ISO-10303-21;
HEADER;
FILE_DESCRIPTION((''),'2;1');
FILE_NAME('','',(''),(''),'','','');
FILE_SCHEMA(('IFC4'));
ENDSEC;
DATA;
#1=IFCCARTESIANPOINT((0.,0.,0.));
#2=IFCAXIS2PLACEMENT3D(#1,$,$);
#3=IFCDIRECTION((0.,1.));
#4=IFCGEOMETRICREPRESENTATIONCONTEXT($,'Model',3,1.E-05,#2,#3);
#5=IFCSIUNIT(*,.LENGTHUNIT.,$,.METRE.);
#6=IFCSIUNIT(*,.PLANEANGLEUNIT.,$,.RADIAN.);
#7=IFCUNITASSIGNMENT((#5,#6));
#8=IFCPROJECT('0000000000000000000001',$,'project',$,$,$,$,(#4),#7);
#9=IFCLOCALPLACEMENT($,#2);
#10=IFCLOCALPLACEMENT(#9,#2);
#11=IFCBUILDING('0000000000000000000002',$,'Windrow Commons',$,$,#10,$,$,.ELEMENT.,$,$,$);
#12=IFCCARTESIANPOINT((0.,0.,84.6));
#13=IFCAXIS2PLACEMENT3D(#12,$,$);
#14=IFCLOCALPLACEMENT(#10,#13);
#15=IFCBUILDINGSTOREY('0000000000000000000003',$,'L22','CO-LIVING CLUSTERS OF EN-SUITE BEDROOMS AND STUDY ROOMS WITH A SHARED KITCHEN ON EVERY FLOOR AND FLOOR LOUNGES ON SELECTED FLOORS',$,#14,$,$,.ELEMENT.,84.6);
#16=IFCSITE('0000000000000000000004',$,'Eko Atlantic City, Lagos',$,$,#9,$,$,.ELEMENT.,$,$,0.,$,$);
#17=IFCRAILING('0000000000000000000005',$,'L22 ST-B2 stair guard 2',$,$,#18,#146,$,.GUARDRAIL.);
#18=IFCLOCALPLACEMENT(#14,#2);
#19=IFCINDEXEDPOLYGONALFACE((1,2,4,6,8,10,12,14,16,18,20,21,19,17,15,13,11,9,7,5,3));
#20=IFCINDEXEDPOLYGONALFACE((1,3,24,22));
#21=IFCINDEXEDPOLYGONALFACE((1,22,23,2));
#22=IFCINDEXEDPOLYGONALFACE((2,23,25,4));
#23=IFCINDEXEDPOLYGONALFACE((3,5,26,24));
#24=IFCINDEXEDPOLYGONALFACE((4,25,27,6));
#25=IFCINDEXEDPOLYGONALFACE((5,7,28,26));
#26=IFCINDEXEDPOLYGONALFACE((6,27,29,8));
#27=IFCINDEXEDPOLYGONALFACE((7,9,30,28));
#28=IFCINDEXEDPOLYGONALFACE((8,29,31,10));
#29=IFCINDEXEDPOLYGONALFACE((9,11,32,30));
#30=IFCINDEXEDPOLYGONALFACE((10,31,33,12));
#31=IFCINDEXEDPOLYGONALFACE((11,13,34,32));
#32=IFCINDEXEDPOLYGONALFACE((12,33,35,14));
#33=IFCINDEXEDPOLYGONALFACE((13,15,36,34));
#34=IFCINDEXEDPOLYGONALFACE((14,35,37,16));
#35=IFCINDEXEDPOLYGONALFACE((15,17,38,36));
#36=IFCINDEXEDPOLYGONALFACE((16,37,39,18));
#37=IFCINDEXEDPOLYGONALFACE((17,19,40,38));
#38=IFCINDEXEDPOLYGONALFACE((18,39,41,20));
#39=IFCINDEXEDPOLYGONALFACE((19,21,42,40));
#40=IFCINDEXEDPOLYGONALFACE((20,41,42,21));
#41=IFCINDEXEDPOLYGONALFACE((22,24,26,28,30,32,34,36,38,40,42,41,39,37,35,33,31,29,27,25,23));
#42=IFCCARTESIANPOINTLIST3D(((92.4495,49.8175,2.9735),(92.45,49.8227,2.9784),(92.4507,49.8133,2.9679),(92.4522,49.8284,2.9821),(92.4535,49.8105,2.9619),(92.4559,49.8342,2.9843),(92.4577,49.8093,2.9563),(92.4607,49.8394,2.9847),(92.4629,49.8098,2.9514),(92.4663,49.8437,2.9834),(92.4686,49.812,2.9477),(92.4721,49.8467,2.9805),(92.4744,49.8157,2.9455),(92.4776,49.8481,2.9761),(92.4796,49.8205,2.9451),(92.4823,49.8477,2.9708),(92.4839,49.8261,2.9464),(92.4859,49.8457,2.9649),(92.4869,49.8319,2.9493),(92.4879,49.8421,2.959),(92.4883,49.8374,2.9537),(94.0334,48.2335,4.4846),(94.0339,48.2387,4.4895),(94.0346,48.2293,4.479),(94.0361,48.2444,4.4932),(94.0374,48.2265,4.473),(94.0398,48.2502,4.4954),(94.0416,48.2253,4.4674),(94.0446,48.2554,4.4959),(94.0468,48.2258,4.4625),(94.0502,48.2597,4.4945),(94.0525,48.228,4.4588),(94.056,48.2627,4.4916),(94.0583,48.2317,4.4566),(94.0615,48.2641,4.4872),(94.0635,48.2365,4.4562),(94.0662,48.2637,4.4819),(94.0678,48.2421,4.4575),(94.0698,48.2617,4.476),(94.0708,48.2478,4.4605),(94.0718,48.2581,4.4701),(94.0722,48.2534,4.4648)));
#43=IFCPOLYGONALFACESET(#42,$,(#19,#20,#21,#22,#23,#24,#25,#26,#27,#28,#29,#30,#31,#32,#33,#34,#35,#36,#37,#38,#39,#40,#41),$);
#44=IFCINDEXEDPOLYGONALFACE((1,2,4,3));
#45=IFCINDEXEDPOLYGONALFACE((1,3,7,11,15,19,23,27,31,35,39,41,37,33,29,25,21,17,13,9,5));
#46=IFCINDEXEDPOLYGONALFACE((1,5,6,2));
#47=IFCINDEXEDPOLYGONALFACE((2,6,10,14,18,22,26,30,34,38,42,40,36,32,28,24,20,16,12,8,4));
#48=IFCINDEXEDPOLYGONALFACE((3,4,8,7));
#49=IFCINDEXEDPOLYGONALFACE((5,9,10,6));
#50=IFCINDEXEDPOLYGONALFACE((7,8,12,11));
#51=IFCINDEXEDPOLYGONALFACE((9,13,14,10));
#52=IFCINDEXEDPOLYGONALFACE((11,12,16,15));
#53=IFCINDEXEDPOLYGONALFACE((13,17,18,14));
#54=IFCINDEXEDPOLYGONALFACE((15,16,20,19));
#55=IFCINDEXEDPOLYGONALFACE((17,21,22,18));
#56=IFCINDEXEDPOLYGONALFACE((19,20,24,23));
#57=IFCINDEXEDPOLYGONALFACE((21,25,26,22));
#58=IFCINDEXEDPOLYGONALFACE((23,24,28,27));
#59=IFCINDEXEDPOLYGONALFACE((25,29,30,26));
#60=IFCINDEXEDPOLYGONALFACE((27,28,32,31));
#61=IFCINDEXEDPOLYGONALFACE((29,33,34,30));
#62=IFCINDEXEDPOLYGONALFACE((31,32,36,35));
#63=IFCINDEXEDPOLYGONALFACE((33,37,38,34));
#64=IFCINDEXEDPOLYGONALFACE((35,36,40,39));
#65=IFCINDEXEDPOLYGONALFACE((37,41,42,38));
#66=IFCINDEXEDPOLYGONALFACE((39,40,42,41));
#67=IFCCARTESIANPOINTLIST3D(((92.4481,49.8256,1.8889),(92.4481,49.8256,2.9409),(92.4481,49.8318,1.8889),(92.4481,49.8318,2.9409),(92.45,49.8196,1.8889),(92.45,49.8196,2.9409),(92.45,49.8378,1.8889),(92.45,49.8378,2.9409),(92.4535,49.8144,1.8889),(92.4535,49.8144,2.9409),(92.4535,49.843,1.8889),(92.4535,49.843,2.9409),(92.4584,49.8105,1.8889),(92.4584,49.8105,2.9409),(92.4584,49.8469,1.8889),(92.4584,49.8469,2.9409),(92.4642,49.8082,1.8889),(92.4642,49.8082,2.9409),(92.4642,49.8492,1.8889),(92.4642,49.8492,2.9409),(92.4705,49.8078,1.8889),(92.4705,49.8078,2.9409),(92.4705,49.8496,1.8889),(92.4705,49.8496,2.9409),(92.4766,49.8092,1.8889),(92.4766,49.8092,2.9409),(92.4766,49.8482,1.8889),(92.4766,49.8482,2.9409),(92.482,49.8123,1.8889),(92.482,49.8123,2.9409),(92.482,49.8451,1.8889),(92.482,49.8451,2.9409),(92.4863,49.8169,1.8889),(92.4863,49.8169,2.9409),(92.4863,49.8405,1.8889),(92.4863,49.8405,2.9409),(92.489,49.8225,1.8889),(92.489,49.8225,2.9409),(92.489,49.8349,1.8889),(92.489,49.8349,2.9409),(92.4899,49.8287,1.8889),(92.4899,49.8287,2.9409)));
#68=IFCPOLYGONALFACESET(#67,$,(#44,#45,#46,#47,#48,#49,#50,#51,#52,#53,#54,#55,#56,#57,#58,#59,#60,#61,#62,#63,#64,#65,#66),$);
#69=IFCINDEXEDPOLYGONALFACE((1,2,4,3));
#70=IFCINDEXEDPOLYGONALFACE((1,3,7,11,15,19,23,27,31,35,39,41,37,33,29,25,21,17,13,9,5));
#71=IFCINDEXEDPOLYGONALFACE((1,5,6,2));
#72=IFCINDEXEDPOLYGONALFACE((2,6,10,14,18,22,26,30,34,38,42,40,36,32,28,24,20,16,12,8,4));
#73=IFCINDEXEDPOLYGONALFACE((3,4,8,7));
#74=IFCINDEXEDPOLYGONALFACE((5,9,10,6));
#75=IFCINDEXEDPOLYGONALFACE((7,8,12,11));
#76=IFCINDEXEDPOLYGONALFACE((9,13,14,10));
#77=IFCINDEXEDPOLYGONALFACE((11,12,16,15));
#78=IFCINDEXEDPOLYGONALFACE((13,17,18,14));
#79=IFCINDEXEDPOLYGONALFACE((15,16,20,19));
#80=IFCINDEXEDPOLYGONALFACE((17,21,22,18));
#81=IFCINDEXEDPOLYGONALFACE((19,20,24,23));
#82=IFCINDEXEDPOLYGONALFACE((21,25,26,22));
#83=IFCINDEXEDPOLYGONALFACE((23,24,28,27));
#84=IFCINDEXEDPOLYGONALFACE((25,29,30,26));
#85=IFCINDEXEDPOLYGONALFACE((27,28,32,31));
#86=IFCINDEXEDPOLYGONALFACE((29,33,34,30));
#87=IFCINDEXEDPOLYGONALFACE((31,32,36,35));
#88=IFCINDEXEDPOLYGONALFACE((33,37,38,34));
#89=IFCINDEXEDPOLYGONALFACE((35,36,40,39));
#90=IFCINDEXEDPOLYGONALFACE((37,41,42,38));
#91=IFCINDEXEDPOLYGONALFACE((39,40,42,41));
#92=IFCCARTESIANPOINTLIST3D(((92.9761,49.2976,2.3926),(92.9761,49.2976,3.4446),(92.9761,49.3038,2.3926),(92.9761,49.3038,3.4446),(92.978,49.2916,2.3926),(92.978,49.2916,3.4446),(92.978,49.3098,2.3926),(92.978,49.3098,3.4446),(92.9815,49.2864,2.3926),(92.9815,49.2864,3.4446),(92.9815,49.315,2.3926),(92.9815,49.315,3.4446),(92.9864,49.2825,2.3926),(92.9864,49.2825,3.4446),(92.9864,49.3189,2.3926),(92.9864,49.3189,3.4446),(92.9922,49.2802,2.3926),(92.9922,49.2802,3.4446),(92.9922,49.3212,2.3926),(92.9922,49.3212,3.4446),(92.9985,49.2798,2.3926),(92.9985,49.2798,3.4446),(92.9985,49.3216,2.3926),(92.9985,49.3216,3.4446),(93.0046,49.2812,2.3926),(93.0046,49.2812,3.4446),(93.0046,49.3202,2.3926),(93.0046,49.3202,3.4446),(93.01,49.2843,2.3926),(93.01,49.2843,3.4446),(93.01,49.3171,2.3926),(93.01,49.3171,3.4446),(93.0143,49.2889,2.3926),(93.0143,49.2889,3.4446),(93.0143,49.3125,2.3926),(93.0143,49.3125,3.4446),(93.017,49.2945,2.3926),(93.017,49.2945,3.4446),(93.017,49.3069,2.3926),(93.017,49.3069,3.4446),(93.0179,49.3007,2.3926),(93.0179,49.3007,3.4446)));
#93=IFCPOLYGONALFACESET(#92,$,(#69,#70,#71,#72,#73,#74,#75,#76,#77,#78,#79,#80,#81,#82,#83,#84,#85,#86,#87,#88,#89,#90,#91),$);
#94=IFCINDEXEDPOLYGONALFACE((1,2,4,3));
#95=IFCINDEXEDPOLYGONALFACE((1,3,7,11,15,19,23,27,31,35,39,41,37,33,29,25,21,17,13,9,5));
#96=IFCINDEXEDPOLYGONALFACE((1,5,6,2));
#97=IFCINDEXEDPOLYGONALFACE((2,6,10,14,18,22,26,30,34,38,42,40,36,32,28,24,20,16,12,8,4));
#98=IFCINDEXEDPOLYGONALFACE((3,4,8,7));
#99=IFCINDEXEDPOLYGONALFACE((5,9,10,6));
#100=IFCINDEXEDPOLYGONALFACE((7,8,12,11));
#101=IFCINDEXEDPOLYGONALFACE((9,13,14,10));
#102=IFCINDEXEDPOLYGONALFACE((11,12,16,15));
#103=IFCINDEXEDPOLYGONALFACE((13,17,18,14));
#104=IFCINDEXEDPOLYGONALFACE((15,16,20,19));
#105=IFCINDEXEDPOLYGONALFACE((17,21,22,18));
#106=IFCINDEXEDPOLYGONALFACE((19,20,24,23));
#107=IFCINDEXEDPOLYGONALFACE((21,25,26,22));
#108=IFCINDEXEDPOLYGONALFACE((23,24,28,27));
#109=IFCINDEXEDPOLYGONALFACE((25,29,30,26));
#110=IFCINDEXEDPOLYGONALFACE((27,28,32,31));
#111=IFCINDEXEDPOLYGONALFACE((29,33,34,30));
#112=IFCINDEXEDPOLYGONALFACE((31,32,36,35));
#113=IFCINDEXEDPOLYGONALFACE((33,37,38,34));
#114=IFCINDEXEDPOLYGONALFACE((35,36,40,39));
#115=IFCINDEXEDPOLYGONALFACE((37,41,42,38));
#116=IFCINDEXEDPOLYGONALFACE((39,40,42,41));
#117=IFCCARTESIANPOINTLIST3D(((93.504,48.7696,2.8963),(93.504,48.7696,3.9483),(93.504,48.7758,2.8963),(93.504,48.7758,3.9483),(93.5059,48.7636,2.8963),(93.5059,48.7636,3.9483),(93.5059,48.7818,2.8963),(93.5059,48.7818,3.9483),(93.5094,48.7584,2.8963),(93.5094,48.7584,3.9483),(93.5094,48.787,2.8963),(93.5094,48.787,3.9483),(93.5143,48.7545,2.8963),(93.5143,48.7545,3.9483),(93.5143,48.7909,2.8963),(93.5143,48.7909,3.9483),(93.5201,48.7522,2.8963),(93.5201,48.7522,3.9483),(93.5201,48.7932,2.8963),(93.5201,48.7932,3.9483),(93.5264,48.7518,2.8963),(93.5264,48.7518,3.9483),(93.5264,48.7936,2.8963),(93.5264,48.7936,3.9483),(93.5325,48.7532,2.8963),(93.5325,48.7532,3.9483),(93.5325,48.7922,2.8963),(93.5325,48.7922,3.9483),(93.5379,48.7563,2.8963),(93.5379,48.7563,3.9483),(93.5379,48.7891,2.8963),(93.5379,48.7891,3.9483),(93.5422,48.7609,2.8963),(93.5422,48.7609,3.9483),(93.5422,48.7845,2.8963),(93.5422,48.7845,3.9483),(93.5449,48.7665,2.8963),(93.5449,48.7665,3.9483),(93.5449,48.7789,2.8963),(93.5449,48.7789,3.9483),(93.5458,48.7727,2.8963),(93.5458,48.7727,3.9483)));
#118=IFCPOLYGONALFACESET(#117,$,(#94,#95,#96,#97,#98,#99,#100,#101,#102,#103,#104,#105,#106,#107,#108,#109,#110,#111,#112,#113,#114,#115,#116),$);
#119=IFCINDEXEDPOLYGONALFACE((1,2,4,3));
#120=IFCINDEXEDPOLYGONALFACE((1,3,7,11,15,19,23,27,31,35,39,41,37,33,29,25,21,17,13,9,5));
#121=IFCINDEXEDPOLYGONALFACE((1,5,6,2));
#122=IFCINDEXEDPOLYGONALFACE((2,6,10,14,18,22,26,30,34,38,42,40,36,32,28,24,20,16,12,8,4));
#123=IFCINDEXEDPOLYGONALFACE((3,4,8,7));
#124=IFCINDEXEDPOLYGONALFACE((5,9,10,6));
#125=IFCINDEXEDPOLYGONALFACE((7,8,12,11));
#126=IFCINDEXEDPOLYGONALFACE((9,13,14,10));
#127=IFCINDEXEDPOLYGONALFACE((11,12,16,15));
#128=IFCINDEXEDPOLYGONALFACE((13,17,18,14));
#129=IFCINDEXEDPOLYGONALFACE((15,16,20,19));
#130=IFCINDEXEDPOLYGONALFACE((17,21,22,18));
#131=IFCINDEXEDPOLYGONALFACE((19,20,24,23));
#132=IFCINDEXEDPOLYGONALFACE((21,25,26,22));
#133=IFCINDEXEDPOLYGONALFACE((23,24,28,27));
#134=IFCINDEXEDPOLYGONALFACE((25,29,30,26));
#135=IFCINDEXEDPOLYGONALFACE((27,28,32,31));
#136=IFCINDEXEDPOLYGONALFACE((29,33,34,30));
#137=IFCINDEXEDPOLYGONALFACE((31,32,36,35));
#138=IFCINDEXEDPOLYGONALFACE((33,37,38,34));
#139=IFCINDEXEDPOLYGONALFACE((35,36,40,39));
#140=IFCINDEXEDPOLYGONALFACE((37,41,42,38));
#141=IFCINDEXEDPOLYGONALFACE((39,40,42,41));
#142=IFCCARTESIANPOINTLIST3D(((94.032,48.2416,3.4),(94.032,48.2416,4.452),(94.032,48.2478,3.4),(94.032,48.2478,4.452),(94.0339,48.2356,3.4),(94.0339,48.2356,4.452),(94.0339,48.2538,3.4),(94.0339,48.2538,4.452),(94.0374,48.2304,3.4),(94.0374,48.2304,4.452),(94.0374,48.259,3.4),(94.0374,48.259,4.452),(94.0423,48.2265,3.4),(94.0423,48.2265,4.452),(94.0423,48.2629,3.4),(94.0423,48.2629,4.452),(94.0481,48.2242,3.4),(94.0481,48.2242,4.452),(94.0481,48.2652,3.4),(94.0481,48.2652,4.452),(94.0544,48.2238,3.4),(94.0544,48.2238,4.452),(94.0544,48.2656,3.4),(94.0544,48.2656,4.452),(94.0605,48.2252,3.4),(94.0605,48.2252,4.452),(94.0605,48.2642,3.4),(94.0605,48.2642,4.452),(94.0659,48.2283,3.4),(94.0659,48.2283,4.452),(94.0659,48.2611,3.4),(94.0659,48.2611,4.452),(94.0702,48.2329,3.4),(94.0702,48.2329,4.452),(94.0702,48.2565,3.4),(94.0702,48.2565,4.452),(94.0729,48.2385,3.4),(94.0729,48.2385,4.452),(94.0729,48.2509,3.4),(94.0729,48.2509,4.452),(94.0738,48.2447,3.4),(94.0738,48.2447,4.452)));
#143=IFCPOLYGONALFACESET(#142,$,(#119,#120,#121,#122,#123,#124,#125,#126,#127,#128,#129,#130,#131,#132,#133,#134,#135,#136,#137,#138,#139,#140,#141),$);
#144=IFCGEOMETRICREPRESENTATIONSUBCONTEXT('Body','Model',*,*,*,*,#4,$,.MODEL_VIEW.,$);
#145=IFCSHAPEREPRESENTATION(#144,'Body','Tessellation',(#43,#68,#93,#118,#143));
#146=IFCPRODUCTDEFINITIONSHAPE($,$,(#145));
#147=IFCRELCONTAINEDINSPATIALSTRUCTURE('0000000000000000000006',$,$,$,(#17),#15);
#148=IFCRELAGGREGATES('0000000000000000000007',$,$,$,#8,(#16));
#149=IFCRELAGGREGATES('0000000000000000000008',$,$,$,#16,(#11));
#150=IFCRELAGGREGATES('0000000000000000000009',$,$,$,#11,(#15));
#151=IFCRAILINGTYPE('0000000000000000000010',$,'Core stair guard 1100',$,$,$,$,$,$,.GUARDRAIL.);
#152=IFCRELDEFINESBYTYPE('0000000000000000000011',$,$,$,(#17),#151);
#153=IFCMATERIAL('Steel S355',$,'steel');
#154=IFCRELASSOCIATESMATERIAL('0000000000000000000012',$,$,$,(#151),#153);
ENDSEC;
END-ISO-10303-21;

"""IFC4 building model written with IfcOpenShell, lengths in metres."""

from ifc_helpers import new_model, si_unit, direction, frame, origin, origin_2d, place, context, subcontext, project, spatial, circle, extrude, material, type_object, element, save


model = new_model("IFC4")

# Units and contexts
model_context = context("Model", 3, precision=1e-05, world=origin(), true_north=direction((0.0, 1.0)))
body_context = subcontext(model_context, "Body", "Model", "MODEL_VIEW")
ifc_project = project(units=[si_unit("LENGTHUNIT", "METRE"), si_unit("PLANEANGLEUNIT", "RADIAN")], contexts=[model_context])

# Site, building, storey
site_placement = place(None, origin())
site = spatial("IfcSite", under=ifc_project, at=site_placement, Name="Eko Atlantic City, Lagos", CompositionType="ELEMENT", RefElevation=0.0)
building_placement = place(site_placement, origin())
building = spatial("IfcBuilding", under=site, at=building_placement, Name="Windrow Commons", CompositionType="ELEMENT")
storey_placement = place(building_placement, frame((0.0, 0.0, 84.6)))
storey = spatial("IfcBuildingStorey", under=building, at=storey_placement, Name="L22", Description="CO-LIVING CLUSTERS OF EN-SUITE BEDROOMS AND STUDY ROOMS WITH A SHARED KITCHEN ON EVERY FLOOR AND FLOOR LOUNGES ON SELECTED FLOORS", CompositionType="ELEMENT", Elevation=84.6)

# Railing
ifc_material_1 = material(Name="Steel S355", Category="steel")
railing_type_1 = type_object("IfcRailingType", Name="Core stair guard 1100", PredefinedType="GUARDRAIL", material=ifc_material_1)
railing_1_placement = place(storey_placement, frame((92.4689, 49.8287, 1.8889)))
element("IfcRailing", 1, at=railing_1_placement, inside=storey, type_object=railing_type_1, Name="L22 ST-B2 stair guard 2", PredefinedType="GUARDRAIL", context=body_context, shape_type="SweptSolid", body=[
    extrude(circle(Radius=0.024, at=origin_2d()), frame((0.0, 0.0, 1.076), z_axis=(0.586179, -0.586216, 0.559237), x_axis=(0.707129, 0.707084, 0.0)), (0.0, 0.0, 1.0), 2.7021),
    extrude(circle(Radius=0.021, at=origin_2d()), origin(), (0.0, 0.0, 1.0), 1.052),
    extrude(circle(Radius=0.021, at=origin_2d()), frame((0.528, -0.528, 0.5037)), (0.0, 0.0, 1.0), 1.052),
    extrude(circle(Radius=0.021, at=origin_2d()), frame((1.0559, -1.056, 1.0074)), (0.0, 0.0, 1.0), 1.052),
    extrude(circle(Radius=0.021, at=origin_2d()), frame((1.5839, -1.584, 1.5111)), (0.0, 0.0, 1.0), 1.052),
])

save(model, "model.ifc")
